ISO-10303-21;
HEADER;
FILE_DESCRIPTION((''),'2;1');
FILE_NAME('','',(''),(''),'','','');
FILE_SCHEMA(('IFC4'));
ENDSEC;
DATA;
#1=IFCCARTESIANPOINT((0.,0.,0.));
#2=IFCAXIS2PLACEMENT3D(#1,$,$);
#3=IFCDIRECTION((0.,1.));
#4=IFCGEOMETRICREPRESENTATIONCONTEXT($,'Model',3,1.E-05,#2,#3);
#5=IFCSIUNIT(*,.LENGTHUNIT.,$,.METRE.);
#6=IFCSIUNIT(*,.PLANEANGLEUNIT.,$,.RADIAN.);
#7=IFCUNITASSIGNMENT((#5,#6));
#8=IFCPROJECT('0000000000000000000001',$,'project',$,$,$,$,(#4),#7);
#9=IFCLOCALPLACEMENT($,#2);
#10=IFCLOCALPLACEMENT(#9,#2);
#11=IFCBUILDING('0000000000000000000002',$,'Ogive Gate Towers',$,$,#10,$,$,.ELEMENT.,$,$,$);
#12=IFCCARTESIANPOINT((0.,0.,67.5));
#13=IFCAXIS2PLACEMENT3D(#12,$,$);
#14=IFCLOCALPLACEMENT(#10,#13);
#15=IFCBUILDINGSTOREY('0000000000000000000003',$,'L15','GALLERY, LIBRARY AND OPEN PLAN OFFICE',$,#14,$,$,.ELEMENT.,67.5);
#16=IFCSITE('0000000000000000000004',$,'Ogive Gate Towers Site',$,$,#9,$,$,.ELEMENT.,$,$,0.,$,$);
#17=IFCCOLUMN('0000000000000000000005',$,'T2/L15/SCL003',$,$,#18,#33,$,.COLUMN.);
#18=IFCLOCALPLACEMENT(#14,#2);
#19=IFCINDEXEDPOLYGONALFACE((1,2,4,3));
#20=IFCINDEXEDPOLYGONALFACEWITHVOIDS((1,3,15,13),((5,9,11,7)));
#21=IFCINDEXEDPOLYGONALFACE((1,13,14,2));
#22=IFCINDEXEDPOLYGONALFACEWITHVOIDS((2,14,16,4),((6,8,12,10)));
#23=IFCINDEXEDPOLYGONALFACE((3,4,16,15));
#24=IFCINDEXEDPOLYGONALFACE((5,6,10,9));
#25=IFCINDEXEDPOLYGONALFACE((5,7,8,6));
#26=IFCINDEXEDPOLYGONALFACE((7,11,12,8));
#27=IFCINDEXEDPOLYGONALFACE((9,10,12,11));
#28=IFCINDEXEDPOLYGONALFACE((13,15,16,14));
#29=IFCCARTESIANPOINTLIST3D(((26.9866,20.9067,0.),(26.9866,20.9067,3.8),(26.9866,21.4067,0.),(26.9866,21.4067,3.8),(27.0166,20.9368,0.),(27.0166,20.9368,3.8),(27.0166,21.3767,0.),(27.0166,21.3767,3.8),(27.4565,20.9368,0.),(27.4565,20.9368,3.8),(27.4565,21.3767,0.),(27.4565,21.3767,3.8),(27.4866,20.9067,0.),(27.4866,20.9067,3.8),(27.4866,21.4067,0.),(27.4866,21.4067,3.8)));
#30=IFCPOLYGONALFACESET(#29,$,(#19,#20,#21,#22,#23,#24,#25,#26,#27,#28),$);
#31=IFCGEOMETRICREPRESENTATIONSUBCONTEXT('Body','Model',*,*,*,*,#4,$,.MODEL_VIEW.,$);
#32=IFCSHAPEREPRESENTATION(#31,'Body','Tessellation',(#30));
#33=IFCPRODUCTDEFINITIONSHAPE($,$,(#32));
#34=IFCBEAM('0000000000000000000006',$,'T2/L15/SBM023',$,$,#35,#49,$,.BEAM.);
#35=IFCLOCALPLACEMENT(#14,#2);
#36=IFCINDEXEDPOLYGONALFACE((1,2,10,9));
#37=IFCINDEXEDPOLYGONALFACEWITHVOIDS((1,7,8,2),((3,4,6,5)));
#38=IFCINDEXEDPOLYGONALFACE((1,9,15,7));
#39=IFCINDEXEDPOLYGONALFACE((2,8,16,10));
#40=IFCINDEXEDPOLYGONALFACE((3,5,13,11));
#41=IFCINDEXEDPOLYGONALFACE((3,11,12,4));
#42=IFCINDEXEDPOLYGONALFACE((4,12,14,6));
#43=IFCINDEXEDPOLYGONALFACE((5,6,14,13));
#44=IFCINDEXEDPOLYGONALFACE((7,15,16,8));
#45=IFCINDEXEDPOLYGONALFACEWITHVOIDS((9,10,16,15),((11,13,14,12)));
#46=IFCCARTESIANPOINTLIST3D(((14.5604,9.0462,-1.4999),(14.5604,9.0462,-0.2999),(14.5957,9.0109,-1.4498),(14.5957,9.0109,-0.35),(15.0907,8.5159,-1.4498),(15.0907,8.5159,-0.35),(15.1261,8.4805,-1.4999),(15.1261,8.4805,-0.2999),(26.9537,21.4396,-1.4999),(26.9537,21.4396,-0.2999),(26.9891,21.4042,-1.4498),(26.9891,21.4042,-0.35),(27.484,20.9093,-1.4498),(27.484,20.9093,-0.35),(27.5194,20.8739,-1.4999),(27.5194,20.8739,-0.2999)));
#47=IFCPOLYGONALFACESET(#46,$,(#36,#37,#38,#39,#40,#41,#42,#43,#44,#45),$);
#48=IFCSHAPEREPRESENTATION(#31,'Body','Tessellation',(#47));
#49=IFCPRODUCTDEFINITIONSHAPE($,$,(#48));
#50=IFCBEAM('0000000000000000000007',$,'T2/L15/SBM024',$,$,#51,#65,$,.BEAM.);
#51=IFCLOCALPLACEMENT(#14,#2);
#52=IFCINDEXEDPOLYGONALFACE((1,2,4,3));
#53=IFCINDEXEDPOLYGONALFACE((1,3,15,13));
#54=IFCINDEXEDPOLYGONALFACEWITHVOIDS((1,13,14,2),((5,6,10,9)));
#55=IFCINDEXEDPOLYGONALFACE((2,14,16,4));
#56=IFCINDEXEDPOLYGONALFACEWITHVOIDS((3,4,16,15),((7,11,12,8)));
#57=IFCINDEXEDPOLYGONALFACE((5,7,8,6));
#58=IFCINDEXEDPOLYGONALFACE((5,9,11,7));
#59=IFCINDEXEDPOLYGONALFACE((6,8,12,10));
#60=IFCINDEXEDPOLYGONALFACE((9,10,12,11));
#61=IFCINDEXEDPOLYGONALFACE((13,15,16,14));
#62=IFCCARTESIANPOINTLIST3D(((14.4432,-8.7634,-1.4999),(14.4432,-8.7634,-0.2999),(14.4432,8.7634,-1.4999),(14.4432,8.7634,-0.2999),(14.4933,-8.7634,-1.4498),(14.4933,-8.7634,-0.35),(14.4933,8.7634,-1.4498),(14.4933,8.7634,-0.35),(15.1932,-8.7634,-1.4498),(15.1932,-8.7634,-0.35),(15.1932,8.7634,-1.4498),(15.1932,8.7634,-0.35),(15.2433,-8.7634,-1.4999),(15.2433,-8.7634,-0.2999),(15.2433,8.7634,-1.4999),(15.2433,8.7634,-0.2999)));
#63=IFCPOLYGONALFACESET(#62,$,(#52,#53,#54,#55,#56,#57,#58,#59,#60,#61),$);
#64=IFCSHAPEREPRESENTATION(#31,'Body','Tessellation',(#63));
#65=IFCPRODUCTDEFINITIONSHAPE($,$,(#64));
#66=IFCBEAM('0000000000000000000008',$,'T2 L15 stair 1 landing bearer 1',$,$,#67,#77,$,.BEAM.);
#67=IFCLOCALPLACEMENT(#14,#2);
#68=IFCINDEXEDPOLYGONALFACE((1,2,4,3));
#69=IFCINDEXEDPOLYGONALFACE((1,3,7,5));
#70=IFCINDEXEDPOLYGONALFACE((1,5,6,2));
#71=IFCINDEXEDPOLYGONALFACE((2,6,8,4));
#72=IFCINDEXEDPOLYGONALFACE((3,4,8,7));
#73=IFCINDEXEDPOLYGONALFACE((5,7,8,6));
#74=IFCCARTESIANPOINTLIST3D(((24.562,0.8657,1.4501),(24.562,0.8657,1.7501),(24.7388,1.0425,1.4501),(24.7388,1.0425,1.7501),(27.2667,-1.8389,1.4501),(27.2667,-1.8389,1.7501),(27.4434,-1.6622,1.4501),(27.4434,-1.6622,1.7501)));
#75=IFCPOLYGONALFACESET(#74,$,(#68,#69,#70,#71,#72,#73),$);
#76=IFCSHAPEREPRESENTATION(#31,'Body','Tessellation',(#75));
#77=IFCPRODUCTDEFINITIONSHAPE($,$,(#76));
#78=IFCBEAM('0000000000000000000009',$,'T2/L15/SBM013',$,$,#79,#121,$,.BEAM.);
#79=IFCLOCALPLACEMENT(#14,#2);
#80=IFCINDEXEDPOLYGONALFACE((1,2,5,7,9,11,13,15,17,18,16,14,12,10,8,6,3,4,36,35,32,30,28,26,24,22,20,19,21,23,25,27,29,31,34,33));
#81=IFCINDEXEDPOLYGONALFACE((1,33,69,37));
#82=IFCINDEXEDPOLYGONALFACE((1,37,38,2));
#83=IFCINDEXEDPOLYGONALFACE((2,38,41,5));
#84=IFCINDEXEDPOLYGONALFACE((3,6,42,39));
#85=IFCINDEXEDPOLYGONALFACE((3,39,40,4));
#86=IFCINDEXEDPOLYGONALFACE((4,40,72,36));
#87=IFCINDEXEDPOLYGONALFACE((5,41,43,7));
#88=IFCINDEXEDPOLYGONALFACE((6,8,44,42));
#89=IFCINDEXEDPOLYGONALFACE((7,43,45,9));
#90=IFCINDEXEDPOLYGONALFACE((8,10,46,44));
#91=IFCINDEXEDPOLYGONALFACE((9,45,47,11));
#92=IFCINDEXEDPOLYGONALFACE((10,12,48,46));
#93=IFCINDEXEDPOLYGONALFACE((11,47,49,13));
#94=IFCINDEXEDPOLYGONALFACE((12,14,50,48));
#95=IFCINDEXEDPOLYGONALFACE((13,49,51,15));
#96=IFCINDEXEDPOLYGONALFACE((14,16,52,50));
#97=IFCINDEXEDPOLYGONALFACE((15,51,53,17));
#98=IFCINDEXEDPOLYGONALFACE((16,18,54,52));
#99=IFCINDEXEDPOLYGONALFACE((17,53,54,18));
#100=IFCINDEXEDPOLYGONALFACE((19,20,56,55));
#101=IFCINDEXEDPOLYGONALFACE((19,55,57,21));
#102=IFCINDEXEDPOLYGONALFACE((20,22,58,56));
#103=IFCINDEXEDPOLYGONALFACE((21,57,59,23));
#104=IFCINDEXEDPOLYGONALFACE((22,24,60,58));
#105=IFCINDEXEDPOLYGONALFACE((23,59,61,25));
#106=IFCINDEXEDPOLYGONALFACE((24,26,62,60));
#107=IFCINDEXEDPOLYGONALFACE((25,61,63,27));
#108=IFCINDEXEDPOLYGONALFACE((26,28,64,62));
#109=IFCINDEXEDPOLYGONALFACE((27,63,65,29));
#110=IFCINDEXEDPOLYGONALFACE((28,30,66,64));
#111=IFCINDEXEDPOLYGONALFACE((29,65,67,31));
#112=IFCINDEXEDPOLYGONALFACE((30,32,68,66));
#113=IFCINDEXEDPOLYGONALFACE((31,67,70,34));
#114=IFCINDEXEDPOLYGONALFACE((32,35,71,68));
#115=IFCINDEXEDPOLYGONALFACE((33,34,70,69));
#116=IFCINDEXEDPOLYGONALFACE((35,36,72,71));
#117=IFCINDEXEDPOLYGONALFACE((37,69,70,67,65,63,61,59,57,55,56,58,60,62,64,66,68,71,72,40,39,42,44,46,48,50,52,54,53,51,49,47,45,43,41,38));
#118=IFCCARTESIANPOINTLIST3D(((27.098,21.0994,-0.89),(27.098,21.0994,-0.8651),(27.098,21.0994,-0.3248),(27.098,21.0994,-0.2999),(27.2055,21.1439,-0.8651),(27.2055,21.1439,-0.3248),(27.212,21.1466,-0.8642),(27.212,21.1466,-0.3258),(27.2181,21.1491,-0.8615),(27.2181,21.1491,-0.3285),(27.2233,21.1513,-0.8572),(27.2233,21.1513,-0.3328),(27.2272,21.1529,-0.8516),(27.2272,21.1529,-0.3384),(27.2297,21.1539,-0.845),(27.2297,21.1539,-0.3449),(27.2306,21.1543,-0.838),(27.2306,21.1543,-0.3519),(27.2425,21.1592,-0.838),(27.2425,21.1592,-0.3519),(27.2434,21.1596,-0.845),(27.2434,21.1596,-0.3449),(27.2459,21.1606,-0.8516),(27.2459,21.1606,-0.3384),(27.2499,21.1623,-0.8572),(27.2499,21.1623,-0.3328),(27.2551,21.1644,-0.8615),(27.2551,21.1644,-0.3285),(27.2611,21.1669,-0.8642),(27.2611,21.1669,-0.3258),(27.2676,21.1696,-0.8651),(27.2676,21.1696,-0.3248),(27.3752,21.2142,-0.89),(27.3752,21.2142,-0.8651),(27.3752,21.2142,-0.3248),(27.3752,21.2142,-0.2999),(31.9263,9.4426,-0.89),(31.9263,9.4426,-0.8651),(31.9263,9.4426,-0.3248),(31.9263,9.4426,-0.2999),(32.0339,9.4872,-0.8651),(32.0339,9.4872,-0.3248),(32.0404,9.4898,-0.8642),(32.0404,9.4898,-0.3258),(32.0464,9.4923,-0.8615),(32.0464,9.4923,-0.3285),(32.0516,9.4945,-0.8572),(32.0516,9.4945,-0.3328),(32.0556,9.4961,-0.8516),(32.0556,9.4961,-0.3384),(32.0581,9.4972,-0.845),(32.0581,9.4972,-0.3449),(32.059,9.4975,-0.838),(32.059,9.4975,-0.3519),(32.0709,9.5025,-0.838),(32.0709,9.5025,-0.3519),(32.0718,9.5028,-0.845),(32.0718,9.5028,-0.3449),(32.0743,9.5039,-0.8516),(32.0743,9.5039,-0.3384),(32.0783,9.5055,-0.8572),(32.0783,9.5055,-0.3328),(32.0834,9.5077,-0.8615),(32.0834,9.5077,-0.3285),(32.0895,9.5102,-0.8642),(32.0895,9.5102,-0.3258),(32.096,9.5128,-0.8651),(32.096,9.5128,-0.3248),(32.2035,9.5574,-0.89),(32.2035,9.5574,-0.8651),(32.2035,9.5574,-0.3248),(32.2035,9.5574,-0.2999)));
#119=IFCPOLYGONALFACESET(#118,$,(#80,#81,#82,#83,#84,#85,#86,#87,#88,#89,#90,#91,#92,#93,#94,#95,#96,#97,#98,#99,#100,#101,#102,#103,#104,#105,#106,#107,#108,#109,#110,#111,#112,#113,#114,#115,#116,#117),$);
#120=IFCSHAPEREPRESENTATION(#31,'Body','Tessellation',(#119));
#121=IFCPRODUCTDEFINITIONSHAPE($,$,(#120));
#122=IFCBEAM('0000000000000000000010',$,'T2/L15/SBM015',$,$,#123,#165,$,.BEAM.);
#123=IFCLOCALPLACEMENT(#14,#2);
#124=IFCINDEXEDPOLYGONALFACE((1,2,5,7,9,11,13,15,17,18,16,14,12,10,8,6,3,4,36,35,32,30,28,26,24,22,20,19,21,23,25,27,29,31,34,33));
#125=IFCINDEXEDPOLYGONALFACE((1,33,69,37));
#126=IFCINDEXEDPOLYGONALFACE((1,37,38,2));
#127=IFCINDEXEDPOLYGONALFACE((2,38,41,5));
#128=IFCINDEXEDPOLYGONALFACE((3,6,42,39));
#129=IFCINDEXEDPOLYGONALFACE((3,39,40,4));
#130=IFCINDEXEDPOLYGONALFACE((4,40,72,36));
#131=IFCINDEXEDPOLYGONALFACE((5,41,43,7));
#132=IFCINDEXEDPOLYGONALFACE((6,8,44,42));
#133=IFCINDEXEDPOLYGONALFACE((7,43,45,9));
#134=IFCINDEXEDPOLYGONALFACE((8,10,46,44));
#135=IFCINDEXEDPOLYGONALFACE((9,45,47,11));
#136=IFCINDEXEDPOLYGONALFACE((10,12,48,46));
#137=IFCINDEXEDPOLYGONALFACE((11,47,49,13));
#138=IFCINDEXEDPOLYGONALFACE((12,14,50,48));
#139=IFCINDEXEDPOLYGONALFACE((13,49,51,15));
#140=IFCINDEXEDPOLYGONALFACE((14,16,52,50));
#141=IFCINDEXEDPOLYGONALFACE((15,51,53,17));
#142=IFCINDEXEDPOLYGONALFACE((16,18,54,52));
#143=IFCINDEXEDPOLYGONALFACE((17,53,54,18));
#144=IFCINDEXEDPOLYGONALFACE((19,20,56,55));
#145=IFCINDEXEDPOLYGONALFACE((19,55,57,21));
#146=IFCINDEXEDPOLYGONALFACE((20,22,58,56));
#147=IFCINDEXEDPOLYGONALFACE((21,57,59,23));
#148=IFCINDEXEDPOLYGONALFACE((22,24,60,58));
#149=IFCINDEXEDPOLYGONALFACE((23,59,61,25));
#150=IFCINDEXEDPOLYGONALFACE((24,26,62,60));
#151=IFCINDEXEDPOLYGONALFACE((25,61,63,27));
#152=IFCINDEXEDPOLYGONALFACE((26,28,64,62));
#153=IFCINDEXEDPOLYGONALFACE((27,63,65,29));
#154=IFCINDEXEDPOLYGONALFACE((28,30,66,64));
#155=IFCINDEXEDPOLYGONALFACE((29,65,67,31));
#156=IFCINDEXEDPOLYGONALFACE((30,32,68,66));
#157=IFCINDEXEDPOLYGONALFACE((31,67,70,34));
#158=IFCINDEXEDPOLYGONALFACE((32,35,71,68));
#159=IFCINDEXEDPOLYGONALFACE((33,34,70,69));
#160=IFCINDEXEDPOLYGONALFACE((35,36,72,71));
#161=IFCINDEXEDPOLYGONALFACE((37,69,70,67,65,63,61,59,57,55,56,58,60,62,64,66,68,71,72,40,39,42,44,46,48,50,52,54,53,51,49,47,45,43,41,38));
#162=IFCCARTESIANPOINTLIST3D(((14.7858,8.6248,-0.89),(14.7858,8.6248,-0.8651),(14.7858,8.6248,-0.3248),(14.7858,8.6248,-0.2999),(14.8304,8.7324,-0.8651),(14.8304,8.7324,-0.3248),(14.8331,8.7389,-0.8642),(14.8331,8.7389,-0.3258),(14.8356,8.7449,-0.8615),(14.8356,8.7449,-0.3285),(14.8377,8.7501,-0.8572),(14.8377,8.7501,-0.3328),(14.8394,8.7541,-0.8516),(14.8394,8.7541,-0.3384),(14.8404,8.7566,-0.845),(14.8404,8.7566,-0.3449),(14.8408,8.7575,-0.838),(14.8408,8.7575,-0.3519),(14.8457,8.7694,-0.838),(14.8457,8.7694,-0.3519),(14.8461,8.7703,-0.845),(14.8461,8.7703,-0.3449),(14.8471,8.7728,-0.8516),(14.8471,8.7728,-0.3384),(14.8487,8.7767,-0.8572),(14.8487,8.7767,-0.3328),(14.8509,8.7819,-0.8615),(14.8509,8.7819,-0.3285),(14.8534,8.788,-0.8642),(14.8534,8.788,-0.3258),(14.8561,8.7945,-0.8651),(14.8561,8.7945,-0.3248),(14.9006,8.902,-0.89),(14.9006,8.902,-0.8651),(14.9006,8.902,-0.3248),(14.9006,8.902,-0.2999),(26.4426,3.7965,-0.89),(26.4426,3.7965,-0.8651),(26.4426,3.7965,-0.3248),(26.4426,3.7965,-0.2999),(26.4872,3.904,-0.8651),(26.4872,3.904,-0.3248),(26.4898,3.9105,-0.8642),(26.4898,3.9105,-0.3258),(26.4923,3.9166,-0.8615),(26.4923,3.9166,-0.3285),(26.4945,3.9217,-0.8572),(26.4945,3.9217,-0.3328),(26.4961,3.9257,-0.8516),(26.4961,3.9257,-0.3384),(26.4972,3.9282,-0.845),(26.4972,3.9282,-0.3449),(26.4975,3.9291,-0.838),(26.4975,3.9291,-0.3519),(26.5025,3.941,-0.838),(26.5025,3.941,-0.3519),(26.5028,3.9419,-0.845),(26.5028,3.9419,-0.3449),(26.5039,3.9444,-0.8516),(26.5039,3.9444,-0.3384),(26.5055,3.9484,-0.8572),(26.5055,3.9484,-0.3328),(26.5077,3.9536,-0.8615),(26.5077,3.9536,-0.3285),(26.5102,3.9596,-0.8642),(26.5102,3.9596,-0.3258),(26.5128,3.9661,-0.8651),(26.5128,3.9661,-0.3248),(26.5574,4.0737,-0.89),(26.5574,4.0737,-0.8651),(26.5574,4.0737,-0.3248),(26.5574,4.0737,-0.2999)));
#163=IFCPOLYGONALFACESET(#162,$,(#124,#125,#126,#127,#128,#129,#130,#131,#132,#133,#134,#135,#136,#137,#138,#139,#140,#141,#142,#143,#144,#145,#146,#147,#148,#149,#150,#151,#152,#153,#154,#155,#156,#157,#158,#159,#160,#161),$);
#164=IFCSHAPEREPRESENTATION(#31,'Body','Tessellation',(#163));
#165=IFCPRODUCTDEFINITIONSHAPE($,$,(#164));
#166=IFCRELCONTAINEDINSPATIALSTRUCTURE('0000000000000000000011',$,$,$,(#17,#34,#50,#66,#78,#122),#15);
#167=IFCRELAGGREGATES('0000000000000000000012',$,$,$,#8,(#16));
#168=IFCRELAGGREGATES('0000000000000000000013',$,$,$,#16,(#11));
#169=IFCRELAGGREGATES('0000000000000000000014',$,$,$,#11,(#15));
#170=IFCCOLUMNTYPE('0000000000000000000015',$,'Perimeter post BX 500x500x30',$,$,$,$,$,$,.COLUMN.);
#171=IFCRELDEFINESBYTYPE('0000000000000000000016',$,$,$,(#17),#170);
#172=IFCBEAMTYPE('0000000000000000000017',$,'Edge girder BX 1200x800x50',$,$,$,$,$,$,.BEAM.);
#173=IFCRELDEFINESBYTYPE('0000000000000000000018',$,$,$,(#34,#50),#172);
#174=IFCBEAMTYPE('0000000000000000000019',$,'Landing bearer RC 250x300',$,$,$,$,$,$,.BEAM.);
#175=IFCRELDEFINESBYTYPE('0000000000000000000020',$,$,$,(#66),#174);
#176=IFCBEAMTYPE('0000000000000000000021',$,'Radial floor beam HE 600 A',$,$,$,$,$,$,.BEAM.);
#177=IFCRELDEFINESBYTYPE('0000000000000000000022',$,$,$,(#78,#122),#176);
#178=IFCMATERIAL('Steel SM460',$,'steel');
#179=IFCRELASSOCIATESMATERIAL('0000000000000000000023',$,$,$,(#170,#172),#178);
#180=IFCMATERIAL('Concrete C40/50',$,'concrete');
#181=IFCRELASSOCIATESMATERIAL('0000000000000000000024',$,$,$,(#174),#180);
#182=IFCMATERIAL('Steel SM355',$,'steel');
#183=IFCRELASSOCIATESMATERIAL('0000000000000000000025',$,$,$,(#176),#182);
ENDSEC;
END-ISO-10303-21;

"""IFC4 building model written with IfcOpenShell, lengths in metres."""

from ifc_helpers import new_model, si_unit, direction, frame, origin, origin_2d, place, context, subcontext, project, spatial, rectangle, hollow_rectangle, i_section, extrude, material, material_profile, profile_set, type_object, element, save


model = new_model("IFC4")

# Units and contexts
model_context = context("Model", 3, precision=1e-05, world=origin(), true_north=direction((0.0, 1.0)))
body_context = subcontext(model_context, "Body", "Model", "MODEL_VIEW")
ifc_project = project(units=[si_unit("LENGTHUNIT", "METRE"), si_unit("PLANEANGLEUNIT", "RADIAN")], contexts=[model_context])

# Site, building, storey
site_placement = place(None, origin())
site = spatial("IfcSite", under=ifc_project, at=site_placement, Name="Ogive Gate Towers Site", CompositionType="ELEMENT", RefElevation=0.0)
building_placement = place(site_placement, origin())
building = spatial("IfcBuilding", under=site, at=building_placement, Name="Ogive Gate Towers", CompositionType="ELEMENT")
storey_placement = place(building_placement, frame((0.0, 0.0, 67.5)))
storey = spatial("IfcBuildingStorey", under=building, at=storey_placement, Name="L15", Description="GALLERY, LIBRARY AND OPEN PLAN OFFICE", CompositionType="ELEMENT", Elevation=67.5)

# Column
ifc_material_1 = material(Name="Steel SM460", Category="steel")
ifc_material_profile_1 = material_profile(ifc_material_1, hollow_rectangle(XDim=0.5, YDim=0.5, WallThickness=0.03, at=origin_2d()), Name="BX 500x500x30")
ifc_profile_set_1 = profile_set([ifc_material_profile_1], Name="Steel SM460")
column_type = type_object("IfcColumnType", Name="Perimeter post BX 500x500x30", PredefinedType="COLUMN", material=ifc_profile_set_1)
column_placement = place(storey_placement, frame((27.2366, 21.1567, 0.0), z_axis=(0.0, 0.0, 1.0), x_axis=(1.0, 0.0, 0.0)))
element("IfcColumn", 1, at=column_placement, inside=storey, type_object=column_type, Name="T2/L15/SCL003", PredefinedType="COLUMN", context=body_context, shape_type="SweptSolid", body=[
    extrude(hollow_rectangle(XDim=0.5, YDim=0.5, WallThickness=0.03, at=origin_2d()), origin(), (0.0, 0.0, 1.0), 3.8),
])

# Beams
ifc_material_profile_2 = material_profile(ifc_material_1, hollow_rectangle(XDim=0.8, YDim=1.2, WallThickness=0.05, at=origin_2d()), Name="BX 1200x800x50")
ifc_profile_set_2 = profile_set([ifc_material_profile_2], Name="Steel SM460")
beam_type_1 = type_object("IfcBeamType", Name="Edge girder BX 1200x800x50", PredefinedType="BEAM", material=ifc_profile_set_2)
for number, where, z_axis, x_axis, name in (
    (2, (27.2366, 21.1567, -0.8999), (-0.707107, -0.707107, 0.0), (0.707107, -0.707107, 0.0), "T2/L15/SBM023"),
    (3, (14.8433, 8.7634, -0.8999), (0.0, -1.0, 0.0), (1.0, 0.0, 0.0), "T2/L15/SBM024"),
):
    element("IfcBeam", number, at=place(storey_placement, frame(where, z_axis=z_axis, x_axis=x_axis)), inside=storey, type_object=beam_type_1, Name=name, PredefinedType="BEAM", context=body_context, shape_type="SweptSolid", body=[
        extrude(hollow_rectangle(XDim=0.8, YDim=1.2, WallThickness=0.05, at=origin_2d()), origin(), (0.0, 0.0, 1.0), 17.5269),
    ])
ifc_material_2 = material(Name="Concrete C40/50", Category="concrete")
ifc_material_profile_3 = material_profile(ifc_material_2, rectangle(XDim=0.25, YDim=0.3, at=origin_2d()), Name="RC 250x300")
ifc_profile_set_3 = profile_set([ifc_material_profile_3], Name="Concrete C40/50")
beam_type_2 = type_object("IfcBeamType", Name="Landing bearer RC 250x300", PredefinedType="BEAM", material=ifc_profile_set_3)
beam_1_placement = place(storey_placement, frame((24.6504, 0.9541, 1.6001), z_axis=(0.707107, -0.707107, 0.0), x_axis=(0.707107, 0.707107, 0.0)))
element("IfcBeam", 4, at=beam_1_placement, inside=storey, type_object=beam_type_2, Name="T2 L15 stair 1 landing bearer 1", PredefinedType="BEAM", context=body_context, shape_type="SweptSolid", body=[
    extrude(rectangle(XDim=0.25, YDim=0.3, at=origin_2d()), origin(), (0.0, 0.0, 1.0), 3.825),
])
ifc_material_3 = material(Name="Steel SM355", Category="steel")
ifc_material_profile_4 = material_profile(ifc_material_3, i_section(OverallWidth=0.3, OverallDepth=0.5901, WebThickness=0.0129, FlangeThickness=0.0249, FilletRadius=0.0271, at=origin_2d()), Name="HE 600 A")
ifc_profile_set_4 = profile_set([ifc_material_profile_4], Name="Steel SM355")
beam_type_3 = type_object("IfcBeamType", Name="Radial floor beam HE 600 A", PredefinedType="BEAM", material=ifc_profile_set_4)
for number, where, z_axis, x_axis, name in (
    (5, (32.0649, 9.5, -0.595), (-0.382683, 0.92388, 0.0), (-0.92388, -0.382683, 0.0), "T2/L15/SBM013"),
    (6, (26.5, 3.9351, -0.595), (-0.92388, 0.382683, 0.0), (-0.382683, -0.92388, 0.0), "T2/L15/SBM015"),
):
    element("IfcBeam", number, at=place(storey_placement, frame(where, z_axis=z_axis, x_axis=x_axis)), inside=storey, type_object=beam_type_3, Name=name, PredefinedType="BEAM", context=body_context, shape_type="SweptSolid", body=[
        extrude(i_section(OverallWidth=0.3, OverallDepth=0.5901, WebThickness=0.0129, FlangeThickness=0.0249, FilletRadius=0.0271, at=origin_2d()), origin(), (0.0, 0.0, 1.0), 12.6172),
    ])

save(model, "model.ifc")
